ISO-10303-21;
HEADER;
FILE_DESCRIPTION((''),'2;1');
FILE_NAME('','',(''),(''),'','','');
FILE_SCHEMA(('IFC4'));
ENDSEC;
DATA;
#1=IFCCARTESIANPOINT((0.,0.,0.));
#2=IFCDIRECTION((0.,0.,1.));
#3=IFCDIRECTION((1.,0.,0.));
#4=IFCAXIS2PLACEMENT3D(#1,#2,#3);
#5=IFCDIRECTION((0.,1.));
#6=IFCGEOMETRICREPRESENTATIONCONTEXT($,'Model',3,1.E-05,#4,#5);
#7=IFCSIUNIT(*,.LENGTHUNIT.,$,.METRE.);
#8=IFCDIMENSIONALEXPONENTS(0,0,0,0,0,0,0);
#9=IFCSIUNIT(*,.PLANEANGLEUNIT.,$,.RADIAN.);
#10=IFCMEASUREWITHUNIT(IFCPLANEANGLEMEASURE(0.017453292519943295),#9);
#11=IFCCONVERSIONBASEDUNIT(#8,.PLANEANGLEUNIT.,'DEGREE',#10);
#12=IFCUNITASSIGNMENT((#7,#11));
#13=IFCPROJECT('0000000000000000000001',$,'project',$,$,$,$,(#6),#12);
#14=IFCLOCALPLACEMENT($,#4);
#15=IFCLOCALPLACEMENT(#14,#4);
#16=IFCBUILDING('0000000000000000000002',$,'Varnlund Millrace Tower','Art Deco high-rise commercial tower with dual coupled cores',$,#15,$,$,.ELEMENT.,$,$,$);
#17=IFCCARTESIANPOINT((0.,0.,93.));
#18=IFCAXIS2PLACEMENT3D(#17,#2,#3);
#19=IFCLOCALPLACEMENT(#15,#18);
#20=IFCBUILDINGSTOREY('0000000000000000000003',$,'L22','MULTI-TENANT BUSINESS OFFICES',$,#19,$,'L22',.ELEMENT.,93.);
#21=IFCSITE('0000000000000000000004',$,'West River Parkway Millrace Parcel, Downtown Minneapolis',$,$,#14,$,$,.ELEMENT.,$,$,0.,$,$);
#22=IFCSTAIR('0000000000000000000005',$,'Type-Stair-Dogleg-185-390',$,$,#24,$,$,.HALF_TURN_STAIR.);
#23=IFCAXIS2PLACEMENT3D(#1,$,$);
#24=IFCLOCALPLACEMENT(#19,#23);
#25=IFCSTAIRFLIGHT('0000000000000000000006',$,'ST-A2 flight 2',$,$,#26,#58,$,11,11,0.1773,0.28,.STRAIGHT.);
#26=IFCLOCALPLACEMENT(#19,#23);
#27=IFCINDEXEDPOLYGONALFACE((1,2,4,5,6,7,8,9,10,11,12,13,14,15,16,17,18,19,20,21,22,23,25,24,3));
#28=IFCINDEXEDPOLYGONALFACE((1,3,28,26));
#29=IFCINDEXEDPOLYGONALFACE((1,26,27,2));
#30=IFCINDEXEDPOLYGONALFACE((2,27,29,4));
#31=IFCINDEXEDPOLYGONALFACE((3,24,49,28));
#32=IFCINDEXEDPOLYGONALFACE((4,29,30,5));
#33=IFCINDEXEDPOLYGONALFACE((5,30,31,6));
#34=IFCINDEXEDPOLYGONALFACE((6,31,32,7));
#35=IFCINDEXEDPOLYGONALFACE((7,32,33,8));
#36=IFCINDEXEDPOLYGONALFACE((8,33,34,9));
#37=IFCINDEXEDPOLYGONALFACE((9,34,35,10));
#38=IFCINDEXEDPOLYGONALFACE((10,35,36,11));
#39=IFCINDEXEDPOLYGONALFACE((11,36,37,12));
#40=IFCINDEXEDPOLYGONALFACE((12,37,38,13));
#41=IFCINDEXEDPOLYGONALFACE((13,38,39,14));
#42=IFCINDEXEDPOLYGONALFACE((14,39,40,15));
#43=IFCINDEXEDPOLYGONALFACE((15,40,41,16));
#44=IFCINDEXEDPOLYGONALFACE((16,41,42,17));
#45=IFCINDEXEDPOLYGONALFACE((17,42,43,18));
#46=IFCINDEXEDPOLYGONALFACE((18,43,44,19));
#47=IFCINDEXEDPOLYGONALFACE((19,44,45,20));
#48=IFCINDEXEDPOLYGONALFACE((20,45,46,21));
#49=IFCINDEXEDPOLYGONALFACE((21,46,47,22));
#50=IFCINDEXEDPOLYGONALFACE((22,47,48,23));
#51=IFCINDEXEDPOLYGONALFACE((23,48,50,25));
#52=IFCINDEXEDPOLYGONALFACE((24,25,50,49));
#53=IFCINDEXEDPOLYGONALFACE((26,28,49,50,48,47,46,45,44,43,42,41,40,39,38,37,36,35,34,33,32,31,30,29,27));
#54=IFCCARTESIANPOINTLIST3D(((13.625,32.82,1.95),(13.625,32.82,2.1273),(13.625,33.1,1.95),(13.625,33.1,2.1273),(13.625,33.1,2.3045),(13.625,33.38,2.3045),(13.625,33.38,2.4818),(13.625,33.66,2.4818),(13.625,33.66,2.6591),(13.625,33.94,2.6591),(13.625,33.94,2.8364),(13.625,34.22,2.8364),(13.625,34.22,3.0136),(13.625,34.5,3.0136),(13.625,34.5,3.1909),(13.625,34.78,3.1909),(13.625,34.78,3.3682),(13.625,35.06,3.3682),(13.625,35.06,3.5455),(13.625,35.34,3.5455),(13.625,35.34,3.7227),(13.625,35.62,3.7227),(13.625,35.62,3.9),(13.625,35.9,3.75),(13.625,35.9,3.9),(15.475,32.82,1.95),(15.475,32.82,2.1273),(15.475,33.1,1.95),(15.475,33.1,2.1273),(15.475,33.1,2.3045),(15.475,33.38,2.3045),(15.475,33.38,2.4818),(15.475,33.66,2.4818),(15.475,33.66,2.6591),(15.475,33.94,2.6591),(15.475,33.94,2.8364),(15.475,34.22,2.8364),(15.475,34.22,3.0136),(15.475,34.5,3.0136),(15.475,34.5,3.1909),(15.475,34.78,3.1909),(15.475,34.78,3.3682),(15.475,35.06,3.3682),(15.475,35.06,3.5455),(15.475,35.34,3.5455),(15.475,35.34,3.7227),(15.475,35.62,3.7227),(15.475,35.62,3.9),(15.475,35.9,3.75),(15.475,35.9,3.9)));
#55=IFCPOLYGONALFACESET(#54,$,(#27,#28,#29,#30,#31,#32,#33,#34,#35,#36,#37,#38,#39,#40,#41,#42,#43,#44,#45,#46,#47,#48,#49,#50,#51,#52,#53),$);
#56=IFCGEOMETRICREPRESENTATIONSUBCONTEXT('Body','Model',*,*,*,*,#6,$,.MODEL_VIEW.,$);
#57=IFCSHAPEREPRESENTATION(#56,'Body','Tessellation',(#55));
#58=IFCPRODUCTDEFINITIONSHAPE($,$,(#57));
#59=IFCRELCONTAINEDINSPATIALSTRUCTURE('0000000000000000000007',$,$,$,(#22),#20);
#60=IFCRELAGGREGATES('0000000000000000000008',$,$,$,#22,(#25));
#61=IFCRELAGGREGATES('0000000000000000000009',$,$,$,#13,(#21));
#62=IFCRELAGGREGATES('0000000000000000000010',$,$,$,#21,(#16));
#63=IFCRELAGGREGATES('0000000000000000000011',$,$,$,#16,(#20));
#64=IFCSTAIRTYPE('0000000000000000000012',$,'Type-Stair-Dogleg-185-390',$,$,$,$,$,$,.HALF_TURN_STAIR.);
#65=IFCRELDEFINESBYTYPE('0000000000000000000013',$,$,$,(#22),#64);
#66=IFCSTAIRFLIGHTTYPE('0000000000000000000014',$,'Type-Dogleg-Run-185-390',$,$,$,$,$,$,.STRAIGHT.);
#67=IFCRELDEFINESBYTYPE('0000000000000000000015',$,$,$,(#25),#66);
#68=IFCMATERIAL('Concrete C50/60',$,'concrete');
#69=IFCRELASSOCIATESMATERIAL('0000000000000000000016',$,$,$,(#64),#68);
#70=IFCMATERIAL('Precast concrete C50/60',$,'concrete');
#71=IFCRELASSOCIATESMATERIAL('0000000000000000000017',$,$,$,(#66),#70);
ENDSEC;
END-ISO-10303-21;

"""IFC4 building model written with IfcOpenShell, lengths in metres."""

from ifc_helpers import new_model, entity, si_unit, converted_unit, direction, frame, origin_with_axes, place, context, subcontext, project, spatial, polyline, outline, extrude, material, type_object, element, aggregate, save


model = new_model("IFC4")

# Units and contexts
model_context = context("Model", 3, precision=1e-05, world=origin_with_axes(), true_north=direction((0.0, 1.0)))
body_context = subcontext(model_context, "Body", "Model", "MODEL_VIEW")
ifc_project = project(units=[si_unit("LENGTHUNIT", "METRE"), converted_unit("PLANEANGLEUNIT", "DEGREE", entity("IfcPlaneAngleMeasure", 0.017453292519943295), si_unit("PLANEANGLEUNIT", "RADIAN"), dimensions=[0, 0, 0, 0, 0, 0, 0])], contexts=[model_context])

# Site, building, storey
site_placement = place(None, origin_with_axes())
site = spatial("IfcSite", under=ifc_project, at=site_placement, Name="West River Parkway Millrace Parcel, Downtown Minneapolis", CompositionType="ELEMENT", RefElevation=0.0)
building_placement = place(site_placement, origin_with_axes())
building = spatial("IfcBuilding", under=site, at=building_placement, Name="Varnlund Millrace Tower", Description="Art Deco high-rise commercial tower with dual coupled cores", CompositionType="ELEMENT")
storey_placement = place(building_placement, frame((0.0, 0.0, 93.0), z_axis=(0.0, 0.0, 1.0), x_axis=(1.0, 0.0, 0.0)))
storey = spatial("IfcBuildingStorey", under=building, at=storey_placement, Name="L22", Description="MULTI-TENANT BUSINESS OFFICES", LongName="L22", CompositionType="ELEMENT", Elevation=93.0)

# Shared definitions
ifc_material_1 = material(Name="Precast concrete C50/60", Category="concrete")

# Stair, stair flight
ifc_material_2 = material(Name="Concrete C50/60", Category="concrete")
stair_type = type_object("IfcStairType", Name="Type-Stair-Dogleg-185-390", PredefinedType="HALF_TURN_STAIR", material=ifc_material_2)
stair_placement = place(storey_placement, origin_with_axes())
stair = element("IfcStair", 1, at=stair_placement, inside=storey, type_object=stair_type, Name="Type-Stair-Dogleg-185-390", PredefinedType="HALF_TURN_STAIR")
stair_flight_type = type_object("IfcStairFlightType", Name="Type-Dogleg-Run-185-390", PredefinedType="STRAIGHT", material=ifc_material_1)
stair_flight_placement = place(storey_placement, frame((13.625, 32.82, 1.95), z_axis=(1.0, 0.0, 0.0), x_axis=(0.0, 1.0, 0.0)))
stair_flight = element("IfcStairFlight", 2, at=stair_flight_placement, type_object=stair_flight_type, Name="ST-A2 flight 2", NumberOfRisers=11, NumberOfTreads=11, PredefinedType="STRAIGHT", RiserHeight=0.1773, TreadLength=0.28, context=body_context, shape_type="SweptSolid", body=[
    extrude(outline(polyline([(0.0, 0.0), (0.0, 0.1773), (0.28, 0.1773), (0.28, 0.3545), (0.56, 0.3545), (0.56, 0.5318), (0.84, 0.5318), (0.84, 0.7091), (1.12, 0.7091), (1.12, 0.8864), (1.4, 0.8864), (1.4, 1.0636), (1.68, 1.0636), (1.68, 1.2409), (1.96, 1.2409), (1.96, 1.4182), (2.24, 1.4182), (2.24, 1.5955), (2.52, 1.5955), (2.52, 1.7727), (2.8, 1.7727), (2.8, 1.95), (3.08, 1.95), (3.08, 1.8), (0.28, 0.0), (0.0, 0.0)])), origin_with_axes(), (0.0, 0.0, 1.0), 1.85),
])
aggregate(stair, [stair_flight])

save(model, "model.ifc")
